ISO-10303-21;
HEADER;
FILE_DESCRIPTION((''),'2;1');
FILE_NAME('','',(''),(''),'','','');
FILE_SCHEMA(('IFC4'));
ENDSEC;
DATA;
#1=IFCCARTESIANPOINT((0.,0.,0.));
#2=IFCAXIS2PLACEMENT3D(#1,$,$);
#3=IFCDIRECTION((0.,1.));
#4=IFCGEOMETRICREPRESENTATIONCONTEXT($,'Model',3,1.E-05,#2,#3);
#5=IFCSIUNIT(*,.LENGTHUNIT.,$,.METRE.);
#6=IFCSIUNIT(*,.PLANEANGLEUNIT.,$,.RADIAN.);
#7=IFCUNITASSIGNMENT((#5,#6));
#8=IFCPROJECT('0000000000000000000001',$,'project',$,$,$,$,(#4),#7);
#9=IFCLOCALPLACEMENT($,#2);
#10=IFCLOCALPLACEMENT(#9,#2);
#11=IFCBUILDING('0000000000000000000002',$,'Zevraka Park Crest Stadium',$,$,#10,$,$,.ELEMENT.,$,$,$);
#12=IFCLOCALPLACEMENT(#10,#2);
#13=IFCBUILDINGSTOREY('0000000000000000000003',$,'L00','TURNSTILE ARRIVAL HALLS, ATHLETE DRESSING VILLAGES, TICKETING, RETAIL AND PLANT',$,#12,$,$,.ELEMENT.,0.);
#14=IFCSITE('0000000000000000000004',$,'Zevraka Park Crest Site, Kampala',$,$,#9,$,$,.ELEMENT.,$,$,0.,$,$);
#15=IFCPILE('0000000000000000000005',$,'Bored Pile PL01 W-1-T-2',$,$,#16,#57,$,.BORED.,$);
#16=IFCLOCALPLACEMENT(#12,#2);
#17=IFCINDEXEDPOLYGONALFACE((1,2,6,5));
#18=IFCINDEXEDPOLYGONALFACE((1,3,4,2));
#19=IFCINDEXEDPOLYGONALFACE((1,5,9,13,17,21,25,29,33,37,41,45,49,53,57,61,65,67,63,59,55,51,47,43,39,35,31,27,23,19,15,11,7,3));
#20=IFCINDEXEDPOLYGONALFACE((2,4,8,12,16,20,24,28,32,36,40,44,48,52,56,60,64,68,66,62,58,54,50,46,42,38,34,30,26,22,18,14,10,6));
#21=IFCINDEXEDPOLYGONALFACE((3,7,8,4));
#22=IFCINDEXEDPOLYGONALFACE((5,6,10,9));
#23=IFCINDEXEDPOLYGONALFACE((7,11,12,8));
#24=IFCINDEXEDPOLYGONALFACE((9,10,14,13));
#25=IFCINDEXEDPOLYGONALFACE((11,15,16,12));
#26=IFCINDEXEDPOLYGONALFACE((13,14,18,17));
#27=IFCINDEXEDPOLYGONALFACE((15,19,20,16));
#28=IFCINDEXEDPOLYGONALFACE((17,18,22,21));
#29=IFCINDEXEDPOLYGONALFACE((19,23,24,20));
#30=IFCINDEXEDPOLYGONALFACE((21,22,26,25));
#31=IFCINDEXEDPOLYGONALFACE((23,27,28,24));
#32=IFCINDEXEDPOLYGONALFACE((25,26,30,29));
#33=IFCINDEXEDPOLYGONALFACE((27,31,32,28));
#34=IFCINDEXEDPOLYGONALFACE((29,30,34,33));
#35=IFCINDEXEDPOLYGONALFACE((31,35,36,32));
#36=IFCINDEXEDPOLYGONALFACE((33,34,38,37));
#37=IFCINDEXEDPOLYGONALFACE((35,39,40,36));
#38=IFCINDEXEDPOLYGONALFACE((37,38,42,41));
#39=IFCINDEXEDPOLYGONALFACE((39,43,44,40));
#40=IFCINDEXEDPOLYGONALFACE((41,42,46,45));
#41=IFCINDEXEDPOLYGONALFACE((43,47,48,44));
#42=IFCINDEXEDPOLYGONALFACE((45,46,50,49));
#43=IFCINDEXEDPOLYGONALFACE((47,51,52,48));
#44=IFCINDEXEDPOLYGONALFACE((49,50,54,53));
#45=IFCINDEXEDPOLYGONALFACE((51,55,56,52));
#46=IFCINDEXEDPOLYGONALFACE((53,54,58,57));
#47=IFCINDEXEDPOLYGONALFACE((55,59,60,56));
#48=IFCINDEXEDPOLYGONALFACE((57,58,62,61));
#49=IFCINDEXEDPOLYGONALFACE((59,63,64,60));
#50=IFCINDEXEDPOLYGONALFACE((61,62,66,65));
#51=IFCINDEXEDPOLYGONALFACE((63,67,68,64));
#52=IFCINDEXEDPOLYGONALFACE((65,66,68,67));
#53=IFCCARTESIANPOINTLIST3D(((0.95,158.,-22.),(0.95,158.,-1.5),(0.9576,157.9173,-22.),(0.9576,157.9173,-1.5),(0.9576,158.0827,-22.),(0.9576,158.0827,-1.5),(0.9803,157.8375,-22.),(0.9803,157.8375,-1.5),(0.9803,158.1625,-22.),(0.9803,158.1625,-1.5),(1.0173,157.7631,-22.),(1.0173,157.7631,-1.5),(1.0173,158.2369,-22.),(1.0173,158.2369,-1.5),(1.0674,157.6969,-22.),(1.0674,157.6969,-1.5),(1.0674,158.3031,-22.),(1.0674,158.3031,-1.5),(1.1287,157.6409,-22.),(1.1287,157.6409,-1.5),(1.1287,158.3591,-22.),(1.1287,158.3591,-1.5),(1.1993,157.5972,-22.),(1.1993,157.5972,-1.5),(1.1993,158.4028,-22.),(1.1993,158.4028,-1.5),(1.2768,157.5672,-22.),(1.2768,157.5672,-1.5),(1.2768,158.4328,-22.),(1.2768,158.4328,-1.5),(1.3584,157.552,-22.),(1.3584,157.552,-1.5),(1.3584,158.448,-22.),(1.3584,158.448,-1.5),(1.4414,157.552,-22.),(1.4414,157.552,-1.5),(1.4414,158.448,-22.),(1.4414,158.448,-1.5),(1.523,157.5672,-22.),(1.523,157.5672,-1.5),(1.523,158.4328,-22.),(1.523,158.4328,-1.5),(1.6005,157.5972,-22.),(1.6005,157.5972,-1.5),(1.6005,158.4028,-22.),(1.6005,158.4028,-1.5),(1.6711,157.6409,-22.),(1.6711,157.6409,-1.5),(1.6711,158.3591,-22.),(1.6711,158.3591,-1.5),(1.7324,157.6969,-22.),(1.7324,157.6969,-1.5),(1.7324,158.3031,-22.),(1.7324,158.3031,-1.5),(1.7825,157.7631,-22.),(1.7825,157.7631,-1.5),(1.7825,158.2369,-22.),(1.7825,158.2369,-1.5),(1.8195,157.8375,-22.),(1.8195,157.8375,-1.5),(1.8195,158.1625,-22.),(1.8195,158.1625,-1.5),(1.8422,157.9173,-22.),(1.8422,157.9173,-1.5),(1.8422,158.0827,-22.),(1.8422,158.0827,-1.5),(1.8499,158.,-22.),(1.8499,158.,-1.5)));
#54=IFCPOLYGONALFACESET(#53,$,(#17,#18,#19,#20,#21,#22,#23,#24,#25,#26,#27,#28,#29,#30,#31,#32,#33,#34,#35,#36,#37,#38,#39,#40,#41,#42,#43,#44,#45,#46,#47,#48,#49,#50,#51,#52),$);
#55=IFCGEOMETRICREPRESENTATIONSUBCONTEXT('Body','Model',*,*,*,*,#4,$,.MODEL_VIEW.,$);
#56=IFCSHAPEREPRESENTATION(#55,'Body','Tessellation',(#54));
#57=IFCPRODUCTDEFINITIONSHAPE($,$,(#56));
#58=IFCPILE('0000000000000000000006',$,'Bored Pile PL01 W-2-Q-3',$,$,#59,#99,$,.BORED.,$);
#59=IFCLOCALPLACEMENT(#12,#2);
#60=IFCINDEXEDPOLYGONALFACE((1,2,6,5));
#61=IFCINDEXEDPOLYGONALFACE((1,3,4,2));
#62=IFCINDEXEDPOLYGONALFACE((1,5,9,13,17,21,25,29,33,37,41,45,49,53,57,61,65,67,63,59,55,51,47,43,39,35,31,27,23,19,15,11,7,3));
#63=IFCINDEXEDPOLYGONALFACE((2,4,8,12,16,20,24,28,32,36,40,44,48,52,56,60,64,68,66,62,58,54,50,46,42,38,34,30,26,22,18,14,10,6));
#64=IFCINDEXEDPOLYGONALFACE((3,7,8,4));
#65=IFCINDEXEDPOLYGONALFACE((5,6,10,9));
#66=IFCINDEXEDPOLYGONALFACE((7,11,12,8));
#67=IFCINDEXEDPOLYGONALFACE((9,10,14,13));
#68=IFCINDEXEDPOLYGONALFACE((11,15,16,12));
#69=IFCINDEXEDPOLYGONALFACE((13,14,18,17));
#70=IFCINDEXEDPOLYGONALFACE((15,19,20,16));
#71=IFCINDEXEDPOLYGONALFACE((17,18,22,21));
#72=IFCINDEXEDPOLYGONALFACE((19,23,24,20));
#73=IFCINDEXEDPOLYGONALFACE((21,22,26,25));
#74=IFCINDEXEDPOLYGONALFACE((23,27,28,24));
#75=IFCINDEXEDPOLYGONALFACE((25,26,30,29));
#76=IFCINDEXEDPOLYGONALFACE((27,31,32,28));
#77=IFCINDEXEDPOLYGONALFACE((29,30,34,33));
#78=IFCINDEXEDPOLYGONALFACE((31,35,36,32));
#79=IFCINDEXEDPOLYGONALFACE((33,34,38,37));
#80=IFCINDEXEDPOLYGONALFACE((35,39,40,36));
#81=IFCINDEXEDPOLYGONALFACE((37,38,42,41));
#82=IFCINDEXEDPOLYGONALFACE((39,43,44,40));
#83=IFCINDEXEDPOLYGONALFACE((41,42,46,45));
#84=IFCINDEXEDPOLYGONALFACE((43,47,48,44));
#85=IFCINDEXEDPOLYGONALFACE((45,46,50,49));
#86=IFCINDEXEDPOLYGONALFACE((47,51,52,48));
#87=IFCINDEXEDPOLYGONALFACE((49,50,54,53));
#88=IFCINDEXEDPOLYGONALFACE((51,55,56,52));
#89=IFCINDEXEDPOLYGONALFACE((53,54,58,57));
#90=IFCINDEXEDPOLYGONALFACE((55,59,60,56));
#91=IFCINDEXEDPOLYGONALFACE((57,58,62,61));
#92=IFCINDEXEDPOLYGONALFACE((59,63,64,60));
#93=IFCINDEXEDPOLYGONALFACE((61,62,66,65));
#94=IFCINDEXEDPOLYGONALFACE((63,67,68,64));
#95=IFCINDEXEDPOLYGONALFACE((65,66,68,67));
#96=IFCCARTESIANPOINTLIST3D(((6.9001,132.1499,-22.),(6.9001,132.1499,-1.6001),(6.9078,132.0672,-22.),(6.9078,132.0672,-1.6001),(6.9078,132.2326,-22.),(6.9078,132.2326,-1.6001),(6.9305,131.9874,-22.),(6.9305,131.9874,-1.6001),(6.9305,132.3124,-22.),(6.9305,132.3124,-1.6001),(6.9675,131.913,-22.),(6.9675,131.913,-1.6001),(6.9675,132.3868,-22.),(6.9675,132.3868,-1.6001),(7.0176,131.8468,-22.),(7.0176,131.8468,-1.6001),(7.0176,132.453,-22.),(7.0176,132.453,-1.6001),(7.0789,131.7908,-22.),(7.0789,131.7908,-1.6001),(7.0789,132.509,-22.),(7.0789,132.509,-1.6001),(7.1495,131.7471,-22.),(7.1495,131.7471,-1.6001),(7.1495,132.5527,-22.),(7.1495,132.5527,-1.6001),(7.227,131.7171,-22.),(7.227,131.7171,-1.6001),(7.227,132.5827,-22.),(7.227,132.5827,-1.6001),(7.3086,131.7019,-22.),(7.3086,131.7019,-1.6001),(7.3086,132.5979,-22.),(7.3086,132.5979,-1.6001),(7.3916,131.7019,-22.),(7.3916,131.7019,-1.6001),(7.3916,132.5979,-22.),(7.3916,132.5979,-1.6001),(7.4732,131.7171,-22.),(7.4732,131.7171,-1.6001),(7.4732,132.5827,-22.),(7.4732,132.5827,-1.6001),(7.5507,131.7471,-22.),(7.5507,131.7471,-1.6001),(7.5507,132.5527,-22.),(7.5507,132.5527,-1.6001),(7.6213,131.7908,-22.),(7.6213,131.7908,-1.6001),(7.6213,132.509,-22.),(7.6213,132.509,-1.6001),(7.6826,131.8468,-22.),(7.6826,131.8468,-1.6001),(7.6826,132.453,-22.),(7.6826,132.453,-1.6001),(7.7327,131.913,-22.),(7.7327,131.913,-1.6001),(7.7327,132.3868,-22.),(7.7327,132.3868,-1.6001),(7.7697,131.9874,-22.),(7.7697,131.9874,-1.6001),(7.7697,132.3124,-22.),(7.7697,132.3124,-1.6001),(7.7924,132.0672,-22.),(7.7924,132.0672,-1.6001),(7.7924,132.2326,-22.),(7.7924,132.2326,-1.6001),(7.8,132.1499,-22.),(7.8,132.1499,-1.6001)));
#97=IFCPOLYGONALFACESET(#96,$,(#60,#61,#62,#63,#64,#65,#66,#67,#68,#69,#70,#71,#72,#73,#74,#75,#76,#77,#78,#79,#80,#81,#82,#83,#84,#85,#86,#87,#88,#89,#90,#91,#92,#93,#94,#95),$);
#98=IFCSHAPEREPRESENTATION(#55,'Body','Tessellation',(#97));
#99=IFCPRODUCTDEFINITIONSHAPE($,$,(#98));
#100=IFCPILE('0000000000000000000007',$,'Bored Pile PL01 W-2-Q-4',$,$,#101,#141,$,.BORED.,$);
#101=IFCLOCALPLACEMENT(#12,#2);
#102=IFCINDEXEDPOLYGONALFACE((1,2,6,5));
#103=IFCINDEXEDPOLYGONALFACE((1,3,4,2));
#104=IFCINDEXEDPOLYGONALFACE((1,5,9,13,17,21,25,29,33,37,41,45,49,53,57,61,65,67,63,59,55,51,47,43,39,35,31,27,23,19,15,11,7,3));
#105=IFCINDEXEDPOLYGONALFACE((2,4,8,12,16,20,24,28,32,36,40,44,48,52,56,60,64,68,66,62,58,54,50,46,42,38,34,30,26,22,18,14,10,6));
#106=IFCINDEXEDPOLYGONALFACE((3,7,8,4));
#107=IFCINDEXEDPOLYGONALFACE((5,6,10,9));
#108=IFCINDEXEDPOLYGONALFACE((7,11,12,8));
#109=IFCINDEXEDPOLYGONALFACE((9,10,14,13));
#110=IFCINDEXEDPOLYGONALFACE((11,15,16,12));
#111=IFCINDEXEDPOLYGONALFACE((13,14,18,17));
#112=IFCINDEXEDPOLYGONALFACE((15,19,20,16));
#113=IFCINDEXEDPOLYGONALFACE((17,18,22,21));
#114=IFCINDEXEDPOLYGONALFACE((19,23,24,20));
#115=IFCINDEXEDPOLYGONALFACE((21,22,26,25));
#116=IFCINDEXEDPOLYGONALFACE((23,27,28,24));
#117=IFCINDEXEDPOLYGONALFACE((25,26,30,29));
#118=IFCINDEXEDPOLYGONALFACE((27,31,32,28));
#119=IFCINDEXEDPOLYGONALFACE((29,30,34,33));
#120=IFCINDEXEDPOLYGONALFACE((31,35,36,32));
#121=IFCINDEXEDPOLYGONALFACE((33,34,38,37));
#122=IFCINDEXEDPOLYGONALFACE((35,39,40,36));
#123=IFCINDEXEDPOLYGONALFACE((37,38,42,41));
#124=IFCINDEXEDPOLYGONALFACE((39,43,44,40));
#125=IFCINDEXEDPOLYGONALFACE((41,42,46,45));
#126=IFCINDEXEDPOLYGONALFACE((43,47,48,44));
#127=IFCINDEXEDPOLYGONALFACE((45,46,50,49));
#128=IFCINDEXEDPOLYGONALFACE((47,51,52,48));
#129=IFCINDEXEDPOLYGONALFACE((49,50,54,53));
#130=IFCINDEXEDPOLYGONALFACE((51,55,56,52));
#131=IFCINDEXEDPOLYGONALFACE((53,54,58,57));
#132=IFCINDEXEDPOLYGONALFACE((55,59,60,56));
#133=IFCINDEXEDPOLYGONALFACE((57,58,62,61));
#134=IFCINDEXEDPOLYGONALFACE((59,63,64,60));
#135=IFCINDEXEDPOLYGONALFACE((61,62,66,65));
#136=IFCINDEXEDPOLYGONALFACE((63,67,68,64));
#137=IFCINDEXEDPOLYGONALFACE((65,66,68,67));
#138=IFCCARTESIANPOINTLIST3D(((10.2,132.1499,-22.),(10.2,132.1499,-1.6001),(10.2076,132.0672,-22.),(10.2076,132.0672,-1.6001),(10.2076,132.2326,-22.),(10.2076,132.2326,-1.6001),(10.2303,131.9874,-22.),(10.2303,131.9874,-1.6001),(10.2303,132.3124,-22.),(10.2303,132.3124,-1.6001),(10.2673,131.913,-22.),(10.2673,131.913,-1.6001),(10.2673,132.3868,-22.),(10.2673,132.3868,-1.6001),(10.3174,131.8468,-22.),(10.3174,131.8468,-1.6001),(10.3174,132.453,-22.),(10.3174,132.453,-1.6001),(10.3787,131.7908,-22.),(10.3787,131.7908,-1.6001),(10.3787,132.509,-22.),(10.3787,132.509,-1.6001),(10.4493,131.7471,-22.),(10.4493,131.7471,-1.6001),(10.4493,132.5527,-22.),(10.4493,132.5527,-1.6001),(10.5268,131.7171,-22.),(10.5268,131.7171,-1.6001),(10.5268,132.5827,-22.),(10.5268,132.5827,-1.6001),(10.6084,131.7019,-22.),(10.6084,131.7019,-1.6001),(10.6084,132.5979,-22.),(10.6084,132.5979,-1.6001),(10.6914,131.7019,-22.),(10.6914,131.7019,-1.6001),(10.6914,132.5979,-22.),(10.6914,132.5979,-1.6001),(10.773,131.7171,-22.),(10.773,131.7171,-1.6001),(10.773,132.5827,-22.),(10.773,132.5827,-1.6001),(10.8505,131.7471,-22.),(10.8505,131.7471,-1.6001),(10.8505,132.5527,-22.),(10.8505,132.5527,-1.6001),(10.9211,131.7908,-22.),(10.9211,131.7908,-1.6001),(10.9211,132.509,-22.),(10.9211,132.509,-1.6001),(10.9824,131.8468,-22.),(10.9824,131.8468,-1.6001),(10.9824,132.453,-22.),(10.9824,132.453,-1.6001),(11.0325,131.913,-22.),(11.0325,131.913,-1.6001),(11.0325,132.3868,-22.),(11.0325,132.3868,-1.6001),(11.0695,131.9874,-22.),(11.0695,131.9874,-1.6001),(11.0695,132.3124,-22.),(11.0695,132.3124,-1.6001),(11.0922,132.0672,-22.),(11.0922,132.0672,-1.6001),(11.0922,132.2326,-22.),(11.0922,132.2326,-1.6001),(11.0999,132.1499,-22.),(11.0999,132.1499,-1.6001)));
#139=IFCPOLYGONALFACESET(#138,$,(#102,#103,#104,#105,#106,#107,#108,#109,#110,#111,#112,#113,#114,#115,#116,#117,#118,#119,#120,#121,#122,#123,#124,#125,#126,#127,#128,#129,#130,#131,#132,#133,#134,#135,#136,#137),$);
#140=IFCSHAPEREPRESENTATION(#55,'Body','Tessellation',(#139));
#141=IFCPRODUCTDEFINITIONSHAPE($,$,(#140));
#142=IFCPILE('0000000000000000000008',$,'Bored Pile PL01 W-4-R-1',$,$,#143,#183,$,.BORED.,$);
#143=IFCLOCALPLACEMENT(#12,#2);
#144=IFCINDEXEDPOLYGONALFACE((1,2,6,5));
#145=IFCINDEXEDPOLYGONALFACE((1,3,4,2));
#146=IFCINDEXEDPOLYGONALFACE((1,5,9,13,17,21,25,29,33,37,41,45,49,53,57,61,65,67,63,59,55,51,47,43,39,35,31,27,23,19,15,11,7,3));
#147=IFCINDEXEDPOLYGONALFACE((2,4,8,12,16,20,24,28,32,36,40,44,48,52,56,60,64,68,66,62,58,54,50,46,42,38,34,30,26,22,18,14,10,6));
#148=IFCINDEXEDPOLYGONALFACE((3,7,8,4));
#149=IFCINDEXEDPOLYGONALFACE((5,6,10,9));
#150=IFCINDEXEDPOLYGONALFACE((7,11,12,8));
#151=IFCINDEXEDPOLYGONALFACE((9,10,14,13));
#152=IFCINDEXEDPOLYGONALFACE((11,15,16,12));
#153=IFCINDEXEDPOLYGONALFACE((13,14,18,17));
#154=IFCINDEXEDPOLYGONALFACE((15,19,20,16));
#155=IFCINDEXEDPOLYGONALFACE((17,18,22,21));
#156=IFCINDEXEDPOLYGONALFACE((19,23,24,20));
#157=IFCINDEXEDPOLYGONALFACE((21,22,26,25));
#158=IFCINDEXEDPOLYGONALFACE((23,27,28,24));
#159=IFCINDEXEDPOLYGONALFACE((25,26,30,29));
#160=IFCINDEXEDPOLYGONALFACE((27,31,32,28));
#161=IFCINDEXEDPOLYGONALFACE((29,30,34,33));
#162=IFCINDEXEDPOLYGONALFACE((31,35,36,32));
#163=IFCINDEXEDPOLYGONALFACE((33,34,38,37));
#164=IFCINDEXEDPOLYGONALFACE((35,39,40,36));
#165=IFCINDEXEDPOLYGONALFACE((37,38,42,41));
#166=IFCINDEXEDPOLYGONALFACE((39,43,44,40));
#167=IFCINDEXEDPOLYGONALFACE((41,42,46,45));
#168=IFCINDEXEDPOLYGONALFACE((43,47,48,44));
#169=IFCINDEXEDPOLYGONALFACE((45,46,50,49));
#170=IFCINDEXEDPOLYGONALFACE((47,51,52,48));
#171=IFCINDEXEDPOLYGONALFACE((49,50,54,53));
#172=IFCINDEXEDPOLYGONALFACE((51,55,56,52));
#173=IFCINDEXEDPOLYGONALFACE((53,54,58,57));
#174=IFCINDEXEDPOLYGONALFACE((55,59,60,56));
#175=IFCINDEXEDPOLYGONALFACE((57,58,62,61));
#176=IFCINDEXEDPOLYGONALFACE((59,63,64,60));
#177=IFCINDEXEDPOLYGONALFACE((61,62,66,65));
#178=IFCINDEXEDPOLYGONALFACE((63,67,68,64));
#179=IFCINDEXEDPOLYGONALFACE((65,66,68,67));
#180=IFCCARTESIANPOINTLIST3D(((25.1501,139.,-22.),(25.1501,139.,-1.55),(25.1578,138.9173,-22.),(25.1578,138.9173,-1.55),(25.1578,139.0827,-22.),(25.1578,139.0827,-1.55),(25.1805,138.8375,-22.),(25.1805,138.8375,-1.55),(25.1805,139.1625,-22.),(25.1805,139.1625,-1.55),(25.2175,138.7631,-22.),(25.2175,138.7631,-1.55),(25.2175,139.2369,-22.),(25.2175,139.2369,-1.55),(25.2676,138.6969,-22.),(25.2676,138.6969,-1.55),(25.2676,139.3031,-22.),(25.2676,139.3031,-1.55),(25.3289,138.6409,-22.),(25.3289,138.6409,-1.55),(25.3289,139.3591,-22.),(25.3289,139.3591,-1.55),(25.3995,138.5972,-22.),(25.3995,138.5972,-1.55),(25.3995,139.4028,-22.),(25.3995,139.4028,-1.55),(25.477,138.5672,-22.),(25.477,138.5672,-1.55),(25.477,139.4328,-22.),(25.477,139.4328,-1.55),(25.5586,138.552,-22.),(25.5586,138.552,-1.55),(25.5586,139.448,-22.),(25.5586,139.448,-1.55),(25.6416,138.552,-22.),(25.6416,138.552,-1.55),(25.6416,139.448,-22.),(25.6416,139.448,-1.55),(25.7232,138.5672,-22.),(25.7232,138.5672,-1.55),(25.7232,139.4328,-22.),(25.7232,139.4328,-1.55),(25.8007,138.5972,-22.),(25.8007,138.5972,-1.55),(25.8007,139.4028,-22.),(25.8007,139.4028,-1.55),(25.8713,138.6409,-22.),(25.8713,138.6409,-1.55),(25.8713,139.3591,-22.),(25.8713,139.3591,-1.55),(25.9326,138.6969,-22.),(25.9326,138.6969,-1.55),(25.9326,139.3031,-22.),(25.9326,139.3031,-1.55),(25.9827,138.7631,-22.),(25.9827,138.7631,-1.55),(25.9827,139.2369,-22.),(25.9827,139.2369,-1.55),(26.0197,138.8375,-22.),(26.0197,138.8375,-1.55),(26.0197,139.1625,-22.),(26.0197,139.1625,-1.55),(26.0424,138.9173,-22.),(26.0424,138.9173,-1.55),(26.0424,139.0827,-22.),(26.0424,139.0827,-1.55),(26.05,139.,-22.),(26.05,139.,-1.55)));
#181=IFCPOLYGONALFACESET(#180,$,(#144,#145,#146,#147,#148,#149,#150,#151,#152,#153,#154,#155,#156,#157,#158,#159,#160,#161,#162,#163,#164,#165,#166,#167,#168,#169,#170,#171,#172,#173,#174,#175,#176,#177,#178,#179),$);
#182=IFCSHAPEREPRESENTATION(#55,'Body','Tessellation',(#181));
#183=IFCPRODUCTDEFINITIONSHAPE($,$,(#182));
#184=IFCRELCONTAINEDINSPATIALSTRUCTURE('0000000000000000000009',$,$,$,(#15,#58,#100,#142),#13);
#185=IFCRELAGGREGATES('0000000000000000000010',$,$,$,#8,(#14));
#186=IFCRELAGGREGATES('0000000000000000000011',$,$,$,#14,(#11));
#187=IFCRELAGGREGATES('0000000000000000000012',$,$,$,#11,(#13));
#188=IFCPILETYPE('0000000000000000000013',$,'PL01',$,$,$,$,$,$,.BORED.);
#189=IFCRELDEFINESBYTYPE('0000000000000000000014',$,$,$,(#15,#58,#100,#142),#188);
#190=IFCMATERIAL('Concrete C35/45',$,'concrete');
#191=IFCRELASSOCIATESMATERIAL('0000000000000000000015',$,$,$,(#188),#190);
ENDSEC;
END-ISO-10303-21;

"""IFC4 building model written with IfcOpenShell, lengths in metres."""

from ifc_helpers import new_model, si_unit, direction, frame, origin, origin_2d, place, context, subcontext, project, spatial, circle, extrude, material, material_profile, profile_set, type_object, element, save


model = new_model("IFC4")

# Units and contexts
model_context = context("Model", 3, precision=1e-05, world=origin(), true_north=direction((0.0, 1.0)))
body_context = subcontext(model_context, "Body", "Model", "MODEL_VIEW")
ifc_project = project(units=[si_unit("LENGTHUNIT", "METRE"), si_unit("PLANEANGLEUNIT", "RADIAN")], contexts=[model_context])

# Site, building, storey
site_placement = place(None, origin())
site = spatial("IfcSite", under=ifc_project, at=site_placement, Name="Zevraka Park Crest Site, Kampala", CompositionType="ELEMENT", RefElevation=0.0)
building_placement = place(site_placement, origin())
building = spatial("IfcBuilding", under=site, at=building_placement, Name="Zevraka Park Crest Stadium", CompositionType="ELEMENT")
storey_placement = place(building_placement, origin())
storey = spatial("IfcBuildingStorey", under=building, at=storey_placement, Name="L00", Description="TURNSTILE ARRIVAL HALLS, ATHLETE DRESSING VILLAGES, TICKETING, RETAIL AND PLANT", CompositionType="ELEMENT", Elevation=0.0)

# Piles
ifc_material_1 = material(Name="Concrete C35/45", Category="concrete")
ifc_material_profile_1 = material_profile(ifc_material_1, circle(Radius=0.45, at=origin_2d()), Name="PILE D900")
ifc_profile_set_1 = profile_set([ifc_material_profile_1], Name="Concrete C35/45")
pile_type_1 = type_object("IfcPileType", Name="PL01", PredefinedType="BORED", material=ifc_profile_set_1)
pile_1_placement = place(storey_placement, frame((1.3999, 158.0, -1.5), z_axis=(0.0, 0.0, -1.0), x_axis=(1.0, 0.0, 0.0)))
element("IfcPile", 1, at=pile_1_placement, inside=storey, type_object=pile_type_1, Name="Bored Pile PL01 W-1-T-2", PredefinedType="BORED", context=body_context, shape_type="SweptSolid", body=[
    extrude(circle(Radius=0.45, at=origin_2d()), origin(), (0.0, 0.0, 1.0), 20.5),
])
for number, where, z_axis, x_axis, name in (
    (2, (7.3501, 132.1499, -1.6001), (0.0, 0.0, -1.0), (1.0, 0.0, 0.0), "Bored Pile PL01 W-2-Q-3"),
    (3, (10.6499, 132.1499, -1.6001), (0.0, 0.0, -1.0), (1.0, 0.0, 0.0), "Bored Pile PL01 W-2-Q-4"),
):
    element("IfcPile", number, at=place(storey_placement, frame(where, z_axis=z_axis, x_axis=x_axis)), inside=storey, type_object=pile_type_1, Name=name, PredefinedType="BORED", context=body_context, shape_type="SweptSolid", body=[
        extrude(circle(Radius=0.45, at=origin_2d()), origin(), (0.0, 0.0, 1.0), 20.3999),
    ])
for number, where, z_axis, x_axis, name in (
    (4, (25.6001, 139.0, -1.55), (0.0, 0.0, -1.0), (1.0, 0.0, 0.0), "Bored Pile PL01 W-4-R-1"),
):
    element("IfcPile", number, at=place(storey_placement, frame(where, z_axis=z_axis, x_axis=x_axis)), inside=storey, type_object=pile_type_1, Name=name, PredefinedType="BORED", context=body_context, shape_type="SweptSolid", body=[
        extrude(circle(Radius=0.45, at=origin_2d()), origin(), (0.0, 0.0, 1.0), 20.45),
    ])

save(model, "model.ifc")
